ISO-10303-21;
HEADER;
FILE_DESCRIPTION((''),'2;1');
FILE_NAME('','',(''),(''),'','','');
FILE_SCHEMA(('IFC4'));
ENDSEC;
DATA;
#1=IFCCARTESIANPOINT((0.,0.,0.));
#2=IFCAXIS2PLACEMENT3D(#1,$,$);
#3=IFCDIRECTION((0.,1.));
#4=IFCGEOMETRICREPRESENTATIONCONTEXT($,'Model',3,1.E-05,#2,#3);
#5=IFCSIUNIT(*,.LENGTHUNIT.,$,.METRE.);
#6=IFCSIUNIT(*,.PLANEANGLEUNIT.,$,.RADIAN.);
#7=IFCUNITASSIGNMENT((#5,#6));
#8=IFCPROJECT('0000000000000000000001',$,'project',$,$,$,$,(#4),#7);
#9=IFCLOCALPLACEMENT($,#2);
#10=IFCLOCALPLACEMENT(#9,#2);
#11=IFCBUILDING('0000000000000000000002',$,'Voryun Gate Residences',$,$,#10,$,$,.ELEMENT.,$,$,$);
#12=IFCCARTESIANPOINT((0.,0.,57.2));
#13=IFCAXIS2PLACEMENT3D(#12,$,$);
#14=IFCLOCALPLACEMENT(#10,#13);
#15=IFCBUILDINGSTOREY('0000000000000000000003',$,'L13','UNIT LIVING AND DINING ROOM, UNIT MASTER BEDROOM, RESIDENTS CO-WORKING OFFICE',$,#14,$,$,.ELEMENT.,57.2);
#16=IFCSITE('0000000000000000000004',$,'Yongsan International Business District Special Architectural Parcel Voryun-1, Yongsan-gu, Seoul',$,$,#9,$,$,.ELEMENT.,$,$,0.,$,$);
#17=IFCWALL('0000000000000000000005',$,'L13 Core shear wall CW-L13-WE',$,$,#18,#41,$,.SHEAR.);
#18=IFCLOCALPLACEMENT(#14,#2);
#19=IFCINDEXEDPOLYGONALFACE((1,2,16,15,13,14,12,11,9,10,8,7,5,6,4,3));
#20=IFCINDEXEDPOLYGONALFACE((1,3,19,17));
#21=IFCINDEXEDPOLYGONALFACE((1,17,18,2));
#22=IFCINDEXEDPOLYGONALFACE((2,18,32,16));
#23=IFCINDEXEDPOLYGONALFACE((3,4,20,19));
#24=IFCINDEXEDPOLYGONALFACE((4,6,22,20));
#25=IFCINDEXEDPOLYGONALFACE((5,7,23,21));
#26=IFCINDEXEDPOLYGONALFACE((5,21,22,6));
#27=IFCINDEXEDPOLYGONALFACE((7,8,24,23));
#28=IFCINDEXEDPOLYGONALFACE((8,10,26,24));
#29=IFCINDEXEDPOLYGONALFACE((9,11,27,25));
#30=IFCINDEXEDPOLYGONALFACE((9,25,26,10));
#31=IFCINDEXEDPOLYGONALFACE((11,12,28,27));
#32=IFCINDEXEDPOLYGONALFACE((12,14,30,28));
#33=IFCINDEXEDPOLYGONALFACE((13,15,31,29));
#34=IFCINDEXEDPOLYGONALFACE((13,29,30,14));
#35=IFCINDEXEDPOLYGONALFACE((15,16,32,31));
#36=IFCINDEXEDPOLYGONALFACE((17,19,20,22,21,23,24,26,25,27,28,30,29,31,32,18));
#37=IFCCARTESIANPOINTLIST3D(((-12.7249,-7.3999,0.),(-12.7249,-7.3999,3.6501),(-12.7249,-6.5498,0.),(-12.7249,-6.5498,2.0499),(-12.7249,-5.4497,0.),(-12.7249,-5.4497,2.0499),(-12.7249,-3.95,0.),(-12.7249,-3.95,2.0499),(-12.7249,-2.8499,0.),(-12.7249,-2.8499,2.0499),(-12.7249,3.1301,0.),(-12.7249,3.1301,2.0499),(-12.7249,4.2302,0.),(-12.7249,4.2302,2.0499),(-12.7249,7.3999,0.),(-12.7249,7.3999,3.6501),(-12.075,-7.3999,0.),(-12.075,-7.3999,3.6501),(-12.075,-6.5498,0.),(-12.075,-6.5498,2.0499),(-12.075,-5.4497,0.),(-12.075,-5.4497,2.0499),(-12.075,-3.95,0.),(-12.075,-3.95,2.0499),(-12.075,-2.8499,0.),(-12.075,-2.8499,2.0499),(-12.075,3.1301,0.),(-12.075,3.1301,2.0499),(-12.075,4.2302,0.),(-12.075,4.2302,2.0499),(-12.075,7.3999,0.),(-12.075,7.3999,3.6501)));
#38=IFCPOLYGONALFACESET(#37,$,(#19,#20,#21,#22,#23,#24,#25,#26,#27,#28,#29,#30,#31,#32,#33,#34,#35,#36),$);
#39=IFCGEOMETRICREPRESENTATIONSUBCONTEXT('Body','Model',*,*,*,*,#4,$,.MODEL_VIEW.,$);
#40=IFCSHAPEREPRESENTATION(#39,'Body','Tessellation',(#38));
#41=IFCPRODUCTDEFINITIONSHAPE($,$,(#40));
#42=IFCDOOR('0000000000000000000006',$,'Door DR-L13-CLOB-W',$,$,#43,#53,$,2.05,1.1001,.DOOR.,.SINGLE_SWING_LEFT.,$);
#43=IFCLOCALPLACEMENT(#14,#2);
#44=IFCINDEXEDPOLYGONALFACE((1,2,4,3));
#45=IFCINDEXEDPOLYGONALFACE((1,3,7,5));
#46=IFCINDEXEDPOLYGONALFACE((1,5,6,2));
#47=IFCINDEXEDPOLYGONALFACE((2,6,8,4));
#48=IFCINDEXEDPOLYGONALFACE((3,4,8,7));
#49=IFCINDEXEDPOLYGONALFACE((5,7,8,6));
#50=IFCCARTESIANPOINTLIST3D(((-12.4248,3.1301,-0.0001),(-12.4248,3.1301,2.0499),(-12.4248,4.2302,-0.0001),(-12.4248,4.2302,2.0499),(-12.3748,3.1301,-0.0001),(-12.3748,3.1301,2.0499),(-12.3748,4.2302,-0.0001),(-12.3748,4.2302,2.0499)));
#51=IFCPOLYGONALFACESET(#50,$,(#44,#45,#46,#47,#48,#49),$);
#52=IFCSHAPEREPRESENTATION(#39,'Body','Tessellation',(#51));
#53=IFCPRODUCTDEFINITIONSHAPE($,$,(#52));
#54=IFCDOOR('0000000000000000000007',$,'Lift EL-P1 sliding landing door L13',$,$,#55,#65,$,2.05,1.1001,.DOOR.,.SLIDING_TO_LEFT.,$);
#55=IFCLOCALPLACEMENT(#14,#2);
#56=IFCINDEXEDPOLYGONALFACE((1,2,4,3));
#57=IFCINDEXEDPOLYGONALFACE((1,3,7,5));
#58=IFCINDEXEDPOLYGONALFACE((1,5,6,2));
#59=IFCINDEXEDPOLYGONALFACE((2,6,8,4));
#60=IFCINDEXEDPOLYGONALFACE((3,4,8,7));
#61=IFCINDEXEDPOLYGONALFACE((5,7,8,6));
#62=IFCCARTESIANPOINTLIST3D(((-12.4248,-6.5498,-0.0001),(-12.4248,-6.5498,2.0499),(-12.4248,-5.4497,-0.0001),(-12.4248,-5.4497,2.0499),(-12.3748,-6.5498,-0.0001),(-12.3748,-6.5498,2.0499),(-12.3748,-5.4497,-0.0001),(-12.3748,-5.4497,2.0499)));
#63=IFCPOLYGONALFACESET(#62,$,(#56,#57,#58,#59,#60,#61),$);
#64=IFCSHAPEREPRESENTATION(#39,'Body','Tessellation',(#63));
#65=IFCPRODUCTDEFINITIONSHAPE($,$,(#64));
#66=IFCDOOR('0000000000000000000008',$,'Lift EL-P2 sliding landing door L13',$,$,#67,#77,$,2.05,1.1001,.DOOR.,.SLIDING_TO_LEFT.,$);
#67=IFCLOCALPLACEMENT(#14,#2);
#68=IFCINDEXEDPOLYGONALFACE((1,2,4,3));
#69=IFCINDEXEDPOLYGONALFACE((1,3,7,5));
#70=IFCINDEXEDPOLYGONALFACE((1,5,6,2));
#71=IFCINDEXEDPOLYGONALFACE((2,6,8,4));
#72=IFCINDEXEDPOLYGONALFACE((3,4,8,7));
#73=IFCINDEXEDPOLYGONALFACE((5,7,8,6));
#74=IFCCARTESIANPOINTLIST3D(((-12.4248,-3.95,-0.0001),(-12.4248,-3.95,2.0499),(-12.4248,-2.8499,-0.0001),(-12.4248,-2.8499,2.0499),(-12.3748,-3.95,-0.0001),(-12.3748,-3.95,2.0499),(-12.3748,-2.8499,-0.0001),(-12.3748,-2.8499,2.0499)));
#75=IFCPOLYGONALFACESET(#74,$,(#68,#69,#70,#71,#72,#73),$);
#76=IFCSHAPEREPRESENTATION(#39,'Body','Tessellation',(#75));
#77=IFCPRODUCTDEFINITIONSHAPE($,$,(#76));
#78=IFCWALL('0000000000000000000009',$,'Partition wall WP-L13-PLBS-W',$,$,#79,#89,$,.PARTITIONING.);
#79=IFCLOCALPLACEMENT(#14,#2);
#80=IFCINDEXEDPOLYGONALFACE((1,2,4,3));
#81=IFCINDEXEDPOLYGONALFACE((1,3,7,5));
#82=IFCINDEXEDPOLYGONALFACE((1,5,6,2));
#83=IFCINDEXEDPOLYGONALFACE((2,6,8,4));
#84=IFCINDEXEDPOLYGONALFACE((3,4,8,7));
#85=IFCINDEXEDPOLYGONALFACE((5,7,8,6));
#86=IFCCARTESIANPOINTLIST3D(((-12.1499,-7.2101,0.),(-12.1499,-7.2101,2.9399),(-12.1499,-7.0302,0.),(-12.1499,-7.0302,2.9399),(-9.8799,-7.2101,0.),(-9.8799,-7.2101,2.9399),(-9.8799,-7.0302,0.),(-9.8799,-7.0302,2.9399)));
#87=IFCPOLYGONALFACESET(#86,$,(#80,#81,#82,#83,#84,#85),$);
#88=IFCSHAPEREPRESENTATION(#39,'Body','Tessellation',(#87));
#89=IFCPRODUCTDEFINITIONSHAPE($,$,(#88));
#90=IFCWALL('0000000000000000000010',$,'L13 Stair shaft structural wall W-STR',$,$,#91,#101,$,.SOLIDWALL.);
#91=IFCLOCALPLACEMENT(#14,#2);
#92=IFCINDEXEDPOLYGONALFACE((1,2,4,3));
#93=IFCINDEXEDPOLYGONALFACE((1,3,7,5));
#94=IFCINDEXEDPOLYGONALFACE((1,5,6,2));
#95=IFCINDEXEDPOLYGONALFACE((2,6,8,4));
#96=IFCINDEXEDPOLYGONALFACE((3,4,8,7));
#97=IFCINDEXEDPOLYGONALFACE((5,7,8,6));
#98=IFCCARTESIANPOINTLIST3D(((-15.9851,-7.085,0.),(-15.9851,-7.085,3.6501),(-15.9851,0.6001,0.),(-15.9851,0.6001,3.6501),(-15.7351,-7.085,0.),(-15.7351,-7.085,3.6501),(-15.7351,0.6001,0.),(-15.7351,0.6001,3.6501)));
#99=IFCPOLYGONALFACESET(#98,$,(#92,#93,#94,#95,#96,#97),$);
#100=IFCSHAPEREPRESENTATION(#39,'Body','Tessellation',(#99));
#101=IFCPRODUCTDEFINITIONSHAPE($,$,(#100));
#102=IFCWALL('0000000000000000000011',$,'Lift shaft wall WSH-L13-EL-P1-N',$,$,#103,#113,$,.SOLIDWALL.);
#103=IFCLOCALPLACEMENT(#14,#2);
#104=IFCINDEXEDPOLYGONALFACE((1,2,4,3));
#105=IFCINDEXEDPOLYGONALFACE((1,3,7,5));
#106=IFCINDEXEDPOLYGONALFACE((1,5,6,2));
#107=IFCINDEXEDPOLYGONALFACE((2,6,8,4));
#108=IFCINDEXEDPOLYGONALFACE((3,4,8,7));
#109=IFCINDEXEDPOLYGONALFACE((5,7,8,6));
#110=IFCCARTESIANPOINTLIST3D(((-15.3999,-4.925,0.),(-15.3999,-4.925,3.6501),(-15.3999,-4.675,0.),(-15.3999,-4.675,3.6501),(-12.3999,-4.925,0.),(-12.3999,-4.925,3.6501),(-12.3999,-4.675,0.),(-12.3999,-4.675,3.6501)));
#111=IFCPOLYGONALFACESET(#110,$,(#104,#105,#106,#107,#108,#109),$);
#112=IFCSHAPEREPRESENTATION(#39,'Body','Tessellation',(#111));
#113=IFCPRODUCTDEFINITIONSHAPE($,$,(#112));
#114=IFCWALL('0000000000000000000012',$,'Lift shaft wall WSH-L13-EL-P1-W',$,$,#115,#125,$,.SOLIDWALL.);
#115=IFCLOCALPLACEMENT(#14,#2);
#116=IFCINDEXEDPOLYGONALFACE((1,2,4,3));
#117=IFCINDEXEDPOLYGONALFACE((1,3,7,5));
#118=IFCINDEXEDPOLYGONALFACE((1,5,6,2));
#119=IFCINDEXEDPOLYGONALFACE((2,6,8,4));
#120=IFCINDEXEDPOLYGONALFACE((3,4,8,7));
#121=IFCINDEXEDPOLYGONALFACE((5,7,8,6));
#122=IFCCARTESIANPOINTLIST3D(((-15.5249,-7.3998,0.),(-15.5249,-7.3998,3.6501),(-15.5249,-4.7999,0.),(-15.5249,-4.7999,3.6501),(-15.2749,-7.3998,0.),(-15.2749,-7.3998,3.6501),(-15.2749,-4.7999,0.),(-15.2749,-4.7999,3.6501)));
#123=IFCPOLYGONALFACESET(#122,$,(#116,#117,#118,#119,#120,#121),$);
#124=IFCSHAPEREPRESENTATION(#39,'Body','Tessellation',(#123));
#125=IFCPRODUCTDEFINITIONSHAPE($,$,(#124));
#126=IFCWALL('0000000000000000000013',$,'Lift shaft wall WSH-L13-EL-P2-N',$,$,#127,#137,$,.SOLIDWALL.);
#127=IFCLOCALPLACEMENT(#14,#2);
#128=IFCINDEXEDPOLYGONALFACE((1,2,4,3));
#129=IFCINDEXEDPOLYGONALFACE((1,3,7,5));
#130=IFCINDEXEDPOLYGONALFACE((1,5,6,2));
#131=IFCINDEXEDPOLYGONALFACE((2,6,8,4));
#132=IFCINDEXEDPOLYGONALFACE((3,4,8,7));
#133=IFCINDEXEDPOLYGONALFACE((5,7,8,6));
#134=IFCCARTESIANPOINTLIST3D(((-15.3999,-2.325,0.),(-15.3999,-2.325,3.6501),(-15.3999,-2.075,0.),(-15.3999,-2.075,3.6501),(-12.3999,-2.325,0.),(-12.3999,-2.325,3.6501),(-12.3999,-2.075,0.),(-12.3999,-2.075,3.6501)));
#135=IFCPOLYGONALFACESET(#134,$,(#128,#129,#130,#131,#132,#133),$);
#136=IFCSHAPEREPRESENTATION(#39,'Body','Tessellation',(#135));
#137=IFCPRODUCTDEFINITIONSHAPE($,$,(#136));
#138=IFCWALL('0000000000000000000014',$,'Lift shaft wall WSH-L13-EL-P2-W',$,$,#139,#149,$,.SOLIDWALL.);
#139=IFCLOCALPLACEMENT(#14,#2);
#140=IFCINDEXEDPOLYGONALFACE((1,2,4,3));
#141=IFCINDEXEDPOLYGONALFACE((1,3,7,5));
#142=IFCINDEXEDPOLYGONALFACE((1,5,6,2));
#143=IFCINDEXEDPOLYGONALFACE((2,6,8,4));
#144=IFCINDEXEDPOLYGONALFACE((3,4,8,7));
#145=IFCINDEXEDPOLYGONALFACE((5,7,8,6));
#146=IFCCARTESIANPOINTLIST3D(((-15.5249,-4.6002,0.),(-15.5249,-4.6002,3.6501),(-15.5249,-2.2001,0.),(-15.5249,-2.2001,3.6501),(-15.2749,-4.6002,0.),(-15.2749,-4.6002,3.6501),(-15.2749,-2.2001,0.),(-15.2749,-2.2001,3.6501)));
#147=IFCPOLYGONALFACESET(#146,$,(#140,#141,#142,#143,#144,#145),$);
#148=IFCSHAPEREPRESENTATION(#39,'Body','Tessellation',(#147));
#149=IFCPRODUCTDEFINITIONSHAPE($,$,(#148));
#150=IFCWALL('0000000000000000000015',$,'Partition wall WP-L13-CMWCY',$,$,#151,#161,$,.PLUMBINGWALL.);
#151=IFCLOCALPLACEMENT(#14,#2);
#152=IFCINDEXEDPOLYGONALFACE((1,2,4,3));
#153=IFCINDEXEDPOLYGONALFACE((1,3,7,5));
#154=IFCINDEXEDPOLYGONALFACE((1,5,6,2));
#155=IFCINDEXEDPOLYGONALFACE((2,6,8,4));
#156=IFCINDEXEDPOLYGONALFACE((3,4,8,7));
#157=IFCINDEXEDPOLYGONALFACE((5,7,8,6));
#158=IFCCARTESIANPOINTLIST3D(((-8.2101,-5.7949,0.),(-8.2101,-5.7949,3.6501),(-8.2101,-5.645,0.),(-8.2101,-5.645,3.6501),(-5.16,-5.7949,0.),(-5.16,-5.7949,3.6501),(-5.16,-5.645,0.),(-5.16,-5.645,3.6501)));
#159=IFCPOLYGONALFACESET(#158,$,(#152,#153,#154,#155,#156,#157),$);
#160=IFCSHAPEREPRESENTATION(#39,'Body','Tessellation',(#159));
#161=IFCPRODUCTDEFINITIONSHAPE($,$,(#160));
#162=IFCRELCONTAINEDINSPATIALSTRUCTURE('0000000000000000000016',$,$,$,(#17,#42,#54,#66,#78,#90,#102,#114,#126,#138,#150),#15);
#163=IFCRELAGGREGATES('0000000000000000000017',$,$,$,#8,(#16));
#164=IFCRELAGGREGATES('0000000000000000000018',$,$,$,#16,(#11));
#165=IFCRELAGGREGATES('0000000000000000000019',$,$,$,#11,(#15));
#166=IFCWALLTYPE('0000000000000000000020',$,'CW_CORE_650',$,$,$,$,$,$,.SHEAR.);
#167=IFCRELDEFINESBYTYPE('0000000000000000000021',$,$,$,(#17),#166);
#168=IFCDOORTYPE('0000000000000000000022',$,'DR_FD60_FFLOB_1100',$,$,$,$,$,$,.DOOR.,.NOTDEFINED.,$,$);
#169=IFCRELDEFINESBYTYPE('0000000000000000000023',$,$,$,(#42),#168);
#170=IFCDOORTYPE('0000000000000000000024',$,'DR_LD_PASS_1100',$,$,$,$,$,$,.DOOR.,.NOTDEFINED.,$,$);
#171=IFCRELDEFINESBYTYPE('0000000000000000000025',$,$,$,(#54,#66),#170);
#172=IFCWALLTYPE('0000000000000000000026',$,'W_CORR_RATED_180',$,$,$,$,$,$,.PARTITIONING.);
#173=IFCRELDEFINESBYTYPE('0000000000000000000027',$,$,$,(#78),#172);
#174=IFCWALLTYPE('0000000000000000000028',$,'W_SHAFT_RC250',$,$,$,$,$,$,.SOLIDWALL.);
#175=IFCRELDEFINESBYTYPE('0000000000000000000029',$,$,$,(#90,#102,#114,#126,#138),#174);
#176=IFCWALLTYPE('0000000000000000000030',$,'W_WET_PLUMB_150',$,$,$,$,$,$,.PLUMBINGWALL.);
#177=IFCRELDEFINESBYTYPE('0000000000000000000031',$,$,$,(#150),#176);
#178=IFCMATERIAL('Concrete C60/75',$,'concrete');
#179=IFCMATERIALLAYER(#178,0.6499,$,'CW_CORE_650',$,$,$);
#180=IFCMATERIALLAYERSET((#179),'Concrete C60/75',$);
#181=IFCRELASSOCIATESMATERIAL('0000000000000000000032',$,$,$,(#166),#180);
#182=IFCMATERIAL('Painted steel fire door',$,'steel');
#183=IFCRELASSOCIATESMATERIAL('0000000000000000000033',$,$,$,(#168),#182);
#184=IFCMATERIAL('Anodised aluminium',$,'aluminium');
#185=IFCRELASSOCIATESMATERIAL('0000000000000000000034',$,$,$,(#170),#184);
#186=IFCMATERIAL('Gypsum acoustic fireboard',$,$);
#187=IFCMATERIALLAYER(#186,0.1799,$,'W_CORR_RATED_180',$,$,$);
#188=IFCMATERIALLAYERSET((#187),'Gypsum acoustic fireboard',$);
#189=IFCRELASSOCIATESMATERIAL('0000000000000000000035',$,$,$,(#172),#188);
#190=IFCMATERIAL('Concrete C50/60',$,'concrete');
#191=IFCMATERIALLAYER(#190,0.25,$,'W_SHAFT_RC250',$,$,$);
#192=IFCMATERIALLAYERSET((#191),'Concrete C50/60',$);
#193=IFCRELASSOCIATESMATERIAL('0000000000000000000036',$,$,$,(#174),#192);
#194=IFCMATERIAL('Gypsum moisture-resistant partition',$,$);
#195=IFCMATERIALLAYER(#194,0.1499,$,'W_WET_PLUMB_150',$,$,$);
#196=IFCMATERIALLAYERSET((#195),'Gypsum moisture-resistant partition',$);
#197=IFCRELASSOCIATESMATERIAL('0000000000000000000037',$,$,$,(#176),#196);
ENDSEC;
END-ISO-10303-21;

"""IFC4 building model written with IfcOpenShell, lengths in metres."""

from ifc_helpers import new_model, si_unit, direction, frame, frame_2d, origin, place, context, subcontext, project, spatial, rectangle, extrude, material, layer, layer_set, type_object, element, fill, save


model = new_model("IFC4")

# Units and contexts
model_context = context("Model", 3, precision=1e-05, world=origin(), true_north=direction((0.0, 1.0)))
body_context = subcontext(model_context, "Body", "Model", "MODEL_VIEW")
ifc_project = project(units=[si_unit("LENGTHUNIT", "METRE"), si_unit("PLANEANGLEUNIT", "RADIAN")], contexts=[model_context])

# Site, building, storey
site_placement = place(None, origin())
site = spatial("IfcSite", under=ifc_project, at=site_placement, Name="Yongsan International Business District Special Architectural Parcel Voryun-1, Yongsan-gu, Seoul", CompositionType="ELEMENT", RefElevation=0.0)
building_placement = place(site_placement, origin())
building = spatial("IfcBuilding", under=site, at=building_placement, Name="Voryun Gate Residences", CompositionType="ELEMENT")
storey_placement = place(building_placement, frame((0.0, 0.0, 57.2)))
storey = spatial("IfcBuildingStorey", under=building, at=storey_placement, Name="L13", Description="UNIT LIVING AND DINING ROOM, UNIT MASTER BEDROOM, RESIDENTS CO-WORKING OFFICE", CompositionType="ELEMENT", Elevation=57.2)

# Wall, openings, doors
ifc_material_1 = material(Name="Concrete C60/75", Category="concrete")
ifc_layer_1 = layer(ifc_material_1, 0.6499, Name="CW_CORE_650")
ifc_layer_set_1 = layer_set([ifc_layer_1], Name="Concrete C60/75")
wall_type_1 = type_object("IfcWallType", Name="CW_CORE_650", PredefinedType="SHEAR", material=ifc_layer_set_1)
wall_1_placement = place(storey_placement, frame((-12.3999, -7.3999, 0.0), z_axis=(0.0, 0.0, 1.0), x_axis=(0.0, 1.0, 0.0)))
wall_1 = element("IfcWall", 1, at=wall_1_placement, inside=storey, type_object=wall_type_1, Name="L13 Core shear wall CW-L13-WE", PredefinedType="SHEAR", context=body_context, shape_type="SweptSolid", body=[
    extrude(rectangle(XDim=14.7998, YDim=0.6499, at=frame_2d((7.3999, 0.0))), origin(), (0.0, 0.0, 1.0), 3.6501),
])
opening_1_placement = place(wall_1_placement, frame((0.8501, 0.0, 0.0)))
opening_1 = element("IfcOpeningElement", 2, at=opening_1_placement, cuts=wall_1, PredefinedType="OPENING", context=body_context, shape_type="SweptSolid", body=[
    extrude(rectangle(XDim=1.1001, YDim=2.05, at=frame_2d((0.55, 1.0249))), frame((0.0, 0.335, 0.0), z_axis=(0.0, -1.0, 0.0), x_axis=(1.0, 0.0, 0.0)), (0.0, 0.0, 1.0), 0.6699),
])
opening_2_placement = place(wall_1_placement, frame((3.45, 0.0, 0.0)))
opening_2 = element("IfcOpeningElement", 3, at=opening_2_placement, cuts=wall_1, PredefinedType="OPENING", context=body_context, shape_type="SweptSolid", body=[
    extrude(rectangle(XDim=1.1001, YDim=2.05, at=frame_2d((0.55, 1.0249))), frame((0.0, 0.335, 0.0), z_axis=(0.0, -1.0, 0.0), x_axis=(1.0, 0.0, 0.0)), (0.0, 0.0, 1.0), 0.6699),
])
opening_3_placement = place(wall_1_placement, frame((10.53, 0.0, 0.0)))
opening_3 = element("IfcOpeningElement", 4, at=opening_3_placement, cuts=wall_1, PredefinedType="OPENING", context=body_context, shape_type="SweptSolid", body=[
    extrude(rectangle(XDim=1.1001, YDim=2.05, at=frame_2d((0.55, 1.0249))), frame((0.0, 0.335, 0.0), z_axis=(0.0, -1.0, 0.0), x_axis=(1.0, 0.0, 0.0)), (0.0, 0.0, 1.0), 0.6699),
])
ifc_material_2 = material(Name="Painted steel fire door", Category="steel")
door_type_1 = type_object("IfcDoorType", Name="DR_FD60_FFLOB_1100", OperationType="NOTDEFINED", PredefinedType="DOOR", material=ifc_material_2)
door_1_placement = place(opening_3_placement, origin())
door_1 = element("IfcDoor", 5, at=door_1_placement, inside=storey, type_object=door_type_1, Name="Door DR-L13-CLOB-W", OperationType="SINGLE_SWING_LEFT", OverallHeight=2.05, OverallWidth=1.1001, PredefinedType="DOOR", context=body_context, shape_type="SweptSolid", body=[
    extrude(rectangle(XDim=1.1001, YDim=2.05, at=frame_2d((0.55, 1.0249))), frame((0.0, 0.0249, 0.0), z_axis=(0.0, -1.0, 0.0), x_axis=(1.0, 0.0, 0.0)), (0.0, 0.0, 1.0), 0.05),
])
fill(opening_3, door_1)
ifc_material_3 = material(Name="Anodised aluminium", Category="aluminium")
door_type_2 = type_object("IfcDoorType", Name="DR_LD_PASS_1100", OperationType="NOTDEFINED", PredefinedType="DOOR", material=ifc_material_3)
door_2_placement = place(opening_1_placement, origin())
door_2 = element("IfcDoor", 6, at=door_2_placement, inside=storey, type_object=door_type_2, Name="Lift EL-P1 sliding landing door L13", OperationType="SLIDING_TO_LEFT", OverallHeight=2.05, OverallWidth=1.1001, PredefinedType="DOOR", context=body_context, shape_type="SweptSolid", body=[
    extrude(rectangle(XDim=1.1001, YDim=2.05, at=frame_2d((0.55, 1.0249))), frame((0.0, 0.0249, 0.0), z_axis=(0.0, -1.0, 0.0), x_axis=(1.0, 0.0, 0.0)), (0.0, 0.0, 1.0), 0.05),
])
fill(opening_1, door_2)
door_3_placement = place(opening_2_placement, origin())
door_3 = element("IfcDoor", 7, at=door_3_placement, inside=storey, type_object=door_type_2, Name="Lift EL-P2 sliding landing door L13", OperationType="SLIDING_TO_LEFT", OverallHeight=2.05, OverallWidth=1.1001, PredefinedType="DOOR", context=body_context, shape_type="SweptSolid", body=[
    extrude(rectangle(XDim=1.1001, YDim=2.05, at=frame_2d((0.55, 1.0249))), frame((0.0, 0.0249, 0.0), z_axis=(0.0, -1.0, 0.0), x_axis=(1.0, 0.0, 0.0)), (0.0, 0.0, 1.0), 0.05),
])
fill(opening_2, door_3)

# Walls
ifc_material_4 = material(Name="Gypsum acoustic fireboard")
ifc_layer_2 = layer(ifc_material_4, 0.1799, Name="W_CORR_RATED_180")
ifc_layer_set_2 = layer_set([ifc_layer_2], Name="Gypsum acoustic fireboard")
wall_type_2 = type_object("IfcWallType", Name="W_CORR_RATED_180", PredefinedType="PARTITIONING", material=ifc_layer_set_2)
wall_2_placement = place(storey_placement, frame((-12.1499, -7.1201, 0.0), z_axis=(0.0, 0.0, 1.0), x_axis=(1.0, 0.0, 0.0)))
element("IfcWall", 8, at=wall_2_placement, inside=storey, type_object=wall_type_2, Name="Partition wall WP-L13-PLBS-W", PredefinedType="PARTITIONING", context=body_context, shape_type="SweptSolid", body=[
    extrude(rectangle(XDim=2.27, YDim=0.1799, at=frame_2d((1.135, 0.0))), origin(), (0.0, 0.0, 1.0), 2.9399),
])
ifc_material_5 = material(Name="Concrete C50/60", Category="concrete")
ifc_layer_3 = layer(ifc_material_5, 0.25, Name="W_SHAFT_RC250")
ifc_layer_set_3 = layer_set([ifc_layer_3], Name="Concrete C50/60")
wall_type_3 = type_object("IfcWallType", Name="W_SHAFT_RC250", PredefinedType="SOLIDWALL", material=ifc_layer_set_3)
wall_3_placement = place(storey_placement, frame((-15.8601, -7.085, 0.0), z_axis=(0.0, 0.0, 1.0), x_axis=(0.0, 1.0, 0.0)))
element("IfcWall", 9, at=wall_3_placement, inside=storey, type_object=wall_type_3, Name="L13 Stair shaft structural wall W-STR", PredefinedType="SOLIDWALL", context=body_context, shape_type="SweptSolid", body=[
    extrude(rectangle(XDim=7.6851, YDim=0.25, at=frame_2d((3.8425, 0.0))), origin(), (0.0, 0.0, 1.0), 3.6501),
])
wall_4_placement = place(storey_placement, frame((-12.3999, -4.8, 0.0), z_axis=(0.0, 0.0, 1.0), x_axis=(-1.0, 0.0, 0.0)))
element("IfcWall", 10, at=wall_4_placement, inside=storey, type_object=wall_type_3, Name="Lift shaft wall WSH-L13-EL-P1-N", PredefinedType="SOLIDWALL", context=body_context, shape_type="SweptSolid", body=[
    extrude(rectangle(XDim=3.0, YDim=0.25, at=frame_2d((1.5, 0.0))), origin(), (0.0, 0.0, 1.0), 3.6501),
])
wall_5_placement = place(storey_placement, frame((-15.3999, -4.8, 0.0), z_axis=(0.0, 0.0, 1.0), x_axis=(0.0, -1.0, 0.0)))
element("IfcWall", 11, at=wall_5_placement, inside=storey, type_object=wall_type_3, Name="Lift shaft wall WSH-L13-EL-P1-W", PredefinedType="SOLIDWALL", context=body_context, shape_type="SweptSolid", body=[
    extrude(rectangle(XDim=2.5999, YDim=0.25, at=frame_2d((1.2998, 0.0))), origin(), (0.0, 0.0, 1.0), 3.6501),
])
wall_6_placement = place(storey_placement, frame((-12.3999, -2.2, 0.0), z_axis=(0.0, 0.0, 1.0), x_axis=(-1.0, 0.0, 0.0)))
element("IfcWall", 12, at=wall_6_placement, inside=storey, type_object=wall_type_3, Name="Lift shaft wall WSH-L13-EL-P2-N", PredefinedType="SOLIDWALL", context=body_context, shape_type="SweptSolid", body=[
    extrude(rectangle(XDim=3.0, YDim=0.25, at=frame_2d((1.5, 0.0))), origin(), (0.0, 0.0, 1.0), 3.6501),
])
wall_7_placement = place(storey_placement, frame((-15.3999, -2.2, 0.0), z_axis=(0.0, 0.0, 1.0), x_axis=(0.0, -1.0, 0.0)))
element("IfcWall", 13, at=wall_7_placement, inside=storey, type_object=wall_type_3, Name="Lift shaft wall WSH-L13-EL-P2-W", PredefinedType="SOLIDWALL", context=body_context, shape_type="SweptSolid", body=[
    extrude(rectangle(XDim=2.4001, YDim=0.25, at=frame_2d((1.2002, 0.0))), origin(), (0.0, 0.0, 1.0), 3.6501),
])
ifc_material_6 = material(Name="Gypsum moisture-resistant partition")
ifc_layer_4 = layer(ifc_material_6, 0.1499, Name="W_WET_PLUMB_150")
ifc_layer_set_4 = layer_set([ifc_layer_4], Name="Gypsum moisture-resistant partition")
wall_type_4 = type_object("IfcWallType", Name="W_WET_PLUMB_150", PredefinedType="PLUMBINGWALL", material=ifc_layer_set_4)
wall_8_placement = place(storey_placement, frame((-8.21, -5.72, 0.0), z_axis=(0.0, 0.0, 1.0), x_axis=(1.0, 0.0, 0.0)))
element("IfcWall", 14, at=wall_8_placement, inside=storey, type_object=wall_type_4, Name="Partition wall WP-L13-CMWCY", PredefinedType="PLUMBINGWALL", context=body_context, shape_type="SweptSolid", body=[
    extrude(rectangle(XDim=3.05, YDim=0.1499, at=frame_2d((1.5249, 0.0))), origin(), (0.0, 0.0, 1.0), 3.6501),
])

save(model, "model.ifc")
